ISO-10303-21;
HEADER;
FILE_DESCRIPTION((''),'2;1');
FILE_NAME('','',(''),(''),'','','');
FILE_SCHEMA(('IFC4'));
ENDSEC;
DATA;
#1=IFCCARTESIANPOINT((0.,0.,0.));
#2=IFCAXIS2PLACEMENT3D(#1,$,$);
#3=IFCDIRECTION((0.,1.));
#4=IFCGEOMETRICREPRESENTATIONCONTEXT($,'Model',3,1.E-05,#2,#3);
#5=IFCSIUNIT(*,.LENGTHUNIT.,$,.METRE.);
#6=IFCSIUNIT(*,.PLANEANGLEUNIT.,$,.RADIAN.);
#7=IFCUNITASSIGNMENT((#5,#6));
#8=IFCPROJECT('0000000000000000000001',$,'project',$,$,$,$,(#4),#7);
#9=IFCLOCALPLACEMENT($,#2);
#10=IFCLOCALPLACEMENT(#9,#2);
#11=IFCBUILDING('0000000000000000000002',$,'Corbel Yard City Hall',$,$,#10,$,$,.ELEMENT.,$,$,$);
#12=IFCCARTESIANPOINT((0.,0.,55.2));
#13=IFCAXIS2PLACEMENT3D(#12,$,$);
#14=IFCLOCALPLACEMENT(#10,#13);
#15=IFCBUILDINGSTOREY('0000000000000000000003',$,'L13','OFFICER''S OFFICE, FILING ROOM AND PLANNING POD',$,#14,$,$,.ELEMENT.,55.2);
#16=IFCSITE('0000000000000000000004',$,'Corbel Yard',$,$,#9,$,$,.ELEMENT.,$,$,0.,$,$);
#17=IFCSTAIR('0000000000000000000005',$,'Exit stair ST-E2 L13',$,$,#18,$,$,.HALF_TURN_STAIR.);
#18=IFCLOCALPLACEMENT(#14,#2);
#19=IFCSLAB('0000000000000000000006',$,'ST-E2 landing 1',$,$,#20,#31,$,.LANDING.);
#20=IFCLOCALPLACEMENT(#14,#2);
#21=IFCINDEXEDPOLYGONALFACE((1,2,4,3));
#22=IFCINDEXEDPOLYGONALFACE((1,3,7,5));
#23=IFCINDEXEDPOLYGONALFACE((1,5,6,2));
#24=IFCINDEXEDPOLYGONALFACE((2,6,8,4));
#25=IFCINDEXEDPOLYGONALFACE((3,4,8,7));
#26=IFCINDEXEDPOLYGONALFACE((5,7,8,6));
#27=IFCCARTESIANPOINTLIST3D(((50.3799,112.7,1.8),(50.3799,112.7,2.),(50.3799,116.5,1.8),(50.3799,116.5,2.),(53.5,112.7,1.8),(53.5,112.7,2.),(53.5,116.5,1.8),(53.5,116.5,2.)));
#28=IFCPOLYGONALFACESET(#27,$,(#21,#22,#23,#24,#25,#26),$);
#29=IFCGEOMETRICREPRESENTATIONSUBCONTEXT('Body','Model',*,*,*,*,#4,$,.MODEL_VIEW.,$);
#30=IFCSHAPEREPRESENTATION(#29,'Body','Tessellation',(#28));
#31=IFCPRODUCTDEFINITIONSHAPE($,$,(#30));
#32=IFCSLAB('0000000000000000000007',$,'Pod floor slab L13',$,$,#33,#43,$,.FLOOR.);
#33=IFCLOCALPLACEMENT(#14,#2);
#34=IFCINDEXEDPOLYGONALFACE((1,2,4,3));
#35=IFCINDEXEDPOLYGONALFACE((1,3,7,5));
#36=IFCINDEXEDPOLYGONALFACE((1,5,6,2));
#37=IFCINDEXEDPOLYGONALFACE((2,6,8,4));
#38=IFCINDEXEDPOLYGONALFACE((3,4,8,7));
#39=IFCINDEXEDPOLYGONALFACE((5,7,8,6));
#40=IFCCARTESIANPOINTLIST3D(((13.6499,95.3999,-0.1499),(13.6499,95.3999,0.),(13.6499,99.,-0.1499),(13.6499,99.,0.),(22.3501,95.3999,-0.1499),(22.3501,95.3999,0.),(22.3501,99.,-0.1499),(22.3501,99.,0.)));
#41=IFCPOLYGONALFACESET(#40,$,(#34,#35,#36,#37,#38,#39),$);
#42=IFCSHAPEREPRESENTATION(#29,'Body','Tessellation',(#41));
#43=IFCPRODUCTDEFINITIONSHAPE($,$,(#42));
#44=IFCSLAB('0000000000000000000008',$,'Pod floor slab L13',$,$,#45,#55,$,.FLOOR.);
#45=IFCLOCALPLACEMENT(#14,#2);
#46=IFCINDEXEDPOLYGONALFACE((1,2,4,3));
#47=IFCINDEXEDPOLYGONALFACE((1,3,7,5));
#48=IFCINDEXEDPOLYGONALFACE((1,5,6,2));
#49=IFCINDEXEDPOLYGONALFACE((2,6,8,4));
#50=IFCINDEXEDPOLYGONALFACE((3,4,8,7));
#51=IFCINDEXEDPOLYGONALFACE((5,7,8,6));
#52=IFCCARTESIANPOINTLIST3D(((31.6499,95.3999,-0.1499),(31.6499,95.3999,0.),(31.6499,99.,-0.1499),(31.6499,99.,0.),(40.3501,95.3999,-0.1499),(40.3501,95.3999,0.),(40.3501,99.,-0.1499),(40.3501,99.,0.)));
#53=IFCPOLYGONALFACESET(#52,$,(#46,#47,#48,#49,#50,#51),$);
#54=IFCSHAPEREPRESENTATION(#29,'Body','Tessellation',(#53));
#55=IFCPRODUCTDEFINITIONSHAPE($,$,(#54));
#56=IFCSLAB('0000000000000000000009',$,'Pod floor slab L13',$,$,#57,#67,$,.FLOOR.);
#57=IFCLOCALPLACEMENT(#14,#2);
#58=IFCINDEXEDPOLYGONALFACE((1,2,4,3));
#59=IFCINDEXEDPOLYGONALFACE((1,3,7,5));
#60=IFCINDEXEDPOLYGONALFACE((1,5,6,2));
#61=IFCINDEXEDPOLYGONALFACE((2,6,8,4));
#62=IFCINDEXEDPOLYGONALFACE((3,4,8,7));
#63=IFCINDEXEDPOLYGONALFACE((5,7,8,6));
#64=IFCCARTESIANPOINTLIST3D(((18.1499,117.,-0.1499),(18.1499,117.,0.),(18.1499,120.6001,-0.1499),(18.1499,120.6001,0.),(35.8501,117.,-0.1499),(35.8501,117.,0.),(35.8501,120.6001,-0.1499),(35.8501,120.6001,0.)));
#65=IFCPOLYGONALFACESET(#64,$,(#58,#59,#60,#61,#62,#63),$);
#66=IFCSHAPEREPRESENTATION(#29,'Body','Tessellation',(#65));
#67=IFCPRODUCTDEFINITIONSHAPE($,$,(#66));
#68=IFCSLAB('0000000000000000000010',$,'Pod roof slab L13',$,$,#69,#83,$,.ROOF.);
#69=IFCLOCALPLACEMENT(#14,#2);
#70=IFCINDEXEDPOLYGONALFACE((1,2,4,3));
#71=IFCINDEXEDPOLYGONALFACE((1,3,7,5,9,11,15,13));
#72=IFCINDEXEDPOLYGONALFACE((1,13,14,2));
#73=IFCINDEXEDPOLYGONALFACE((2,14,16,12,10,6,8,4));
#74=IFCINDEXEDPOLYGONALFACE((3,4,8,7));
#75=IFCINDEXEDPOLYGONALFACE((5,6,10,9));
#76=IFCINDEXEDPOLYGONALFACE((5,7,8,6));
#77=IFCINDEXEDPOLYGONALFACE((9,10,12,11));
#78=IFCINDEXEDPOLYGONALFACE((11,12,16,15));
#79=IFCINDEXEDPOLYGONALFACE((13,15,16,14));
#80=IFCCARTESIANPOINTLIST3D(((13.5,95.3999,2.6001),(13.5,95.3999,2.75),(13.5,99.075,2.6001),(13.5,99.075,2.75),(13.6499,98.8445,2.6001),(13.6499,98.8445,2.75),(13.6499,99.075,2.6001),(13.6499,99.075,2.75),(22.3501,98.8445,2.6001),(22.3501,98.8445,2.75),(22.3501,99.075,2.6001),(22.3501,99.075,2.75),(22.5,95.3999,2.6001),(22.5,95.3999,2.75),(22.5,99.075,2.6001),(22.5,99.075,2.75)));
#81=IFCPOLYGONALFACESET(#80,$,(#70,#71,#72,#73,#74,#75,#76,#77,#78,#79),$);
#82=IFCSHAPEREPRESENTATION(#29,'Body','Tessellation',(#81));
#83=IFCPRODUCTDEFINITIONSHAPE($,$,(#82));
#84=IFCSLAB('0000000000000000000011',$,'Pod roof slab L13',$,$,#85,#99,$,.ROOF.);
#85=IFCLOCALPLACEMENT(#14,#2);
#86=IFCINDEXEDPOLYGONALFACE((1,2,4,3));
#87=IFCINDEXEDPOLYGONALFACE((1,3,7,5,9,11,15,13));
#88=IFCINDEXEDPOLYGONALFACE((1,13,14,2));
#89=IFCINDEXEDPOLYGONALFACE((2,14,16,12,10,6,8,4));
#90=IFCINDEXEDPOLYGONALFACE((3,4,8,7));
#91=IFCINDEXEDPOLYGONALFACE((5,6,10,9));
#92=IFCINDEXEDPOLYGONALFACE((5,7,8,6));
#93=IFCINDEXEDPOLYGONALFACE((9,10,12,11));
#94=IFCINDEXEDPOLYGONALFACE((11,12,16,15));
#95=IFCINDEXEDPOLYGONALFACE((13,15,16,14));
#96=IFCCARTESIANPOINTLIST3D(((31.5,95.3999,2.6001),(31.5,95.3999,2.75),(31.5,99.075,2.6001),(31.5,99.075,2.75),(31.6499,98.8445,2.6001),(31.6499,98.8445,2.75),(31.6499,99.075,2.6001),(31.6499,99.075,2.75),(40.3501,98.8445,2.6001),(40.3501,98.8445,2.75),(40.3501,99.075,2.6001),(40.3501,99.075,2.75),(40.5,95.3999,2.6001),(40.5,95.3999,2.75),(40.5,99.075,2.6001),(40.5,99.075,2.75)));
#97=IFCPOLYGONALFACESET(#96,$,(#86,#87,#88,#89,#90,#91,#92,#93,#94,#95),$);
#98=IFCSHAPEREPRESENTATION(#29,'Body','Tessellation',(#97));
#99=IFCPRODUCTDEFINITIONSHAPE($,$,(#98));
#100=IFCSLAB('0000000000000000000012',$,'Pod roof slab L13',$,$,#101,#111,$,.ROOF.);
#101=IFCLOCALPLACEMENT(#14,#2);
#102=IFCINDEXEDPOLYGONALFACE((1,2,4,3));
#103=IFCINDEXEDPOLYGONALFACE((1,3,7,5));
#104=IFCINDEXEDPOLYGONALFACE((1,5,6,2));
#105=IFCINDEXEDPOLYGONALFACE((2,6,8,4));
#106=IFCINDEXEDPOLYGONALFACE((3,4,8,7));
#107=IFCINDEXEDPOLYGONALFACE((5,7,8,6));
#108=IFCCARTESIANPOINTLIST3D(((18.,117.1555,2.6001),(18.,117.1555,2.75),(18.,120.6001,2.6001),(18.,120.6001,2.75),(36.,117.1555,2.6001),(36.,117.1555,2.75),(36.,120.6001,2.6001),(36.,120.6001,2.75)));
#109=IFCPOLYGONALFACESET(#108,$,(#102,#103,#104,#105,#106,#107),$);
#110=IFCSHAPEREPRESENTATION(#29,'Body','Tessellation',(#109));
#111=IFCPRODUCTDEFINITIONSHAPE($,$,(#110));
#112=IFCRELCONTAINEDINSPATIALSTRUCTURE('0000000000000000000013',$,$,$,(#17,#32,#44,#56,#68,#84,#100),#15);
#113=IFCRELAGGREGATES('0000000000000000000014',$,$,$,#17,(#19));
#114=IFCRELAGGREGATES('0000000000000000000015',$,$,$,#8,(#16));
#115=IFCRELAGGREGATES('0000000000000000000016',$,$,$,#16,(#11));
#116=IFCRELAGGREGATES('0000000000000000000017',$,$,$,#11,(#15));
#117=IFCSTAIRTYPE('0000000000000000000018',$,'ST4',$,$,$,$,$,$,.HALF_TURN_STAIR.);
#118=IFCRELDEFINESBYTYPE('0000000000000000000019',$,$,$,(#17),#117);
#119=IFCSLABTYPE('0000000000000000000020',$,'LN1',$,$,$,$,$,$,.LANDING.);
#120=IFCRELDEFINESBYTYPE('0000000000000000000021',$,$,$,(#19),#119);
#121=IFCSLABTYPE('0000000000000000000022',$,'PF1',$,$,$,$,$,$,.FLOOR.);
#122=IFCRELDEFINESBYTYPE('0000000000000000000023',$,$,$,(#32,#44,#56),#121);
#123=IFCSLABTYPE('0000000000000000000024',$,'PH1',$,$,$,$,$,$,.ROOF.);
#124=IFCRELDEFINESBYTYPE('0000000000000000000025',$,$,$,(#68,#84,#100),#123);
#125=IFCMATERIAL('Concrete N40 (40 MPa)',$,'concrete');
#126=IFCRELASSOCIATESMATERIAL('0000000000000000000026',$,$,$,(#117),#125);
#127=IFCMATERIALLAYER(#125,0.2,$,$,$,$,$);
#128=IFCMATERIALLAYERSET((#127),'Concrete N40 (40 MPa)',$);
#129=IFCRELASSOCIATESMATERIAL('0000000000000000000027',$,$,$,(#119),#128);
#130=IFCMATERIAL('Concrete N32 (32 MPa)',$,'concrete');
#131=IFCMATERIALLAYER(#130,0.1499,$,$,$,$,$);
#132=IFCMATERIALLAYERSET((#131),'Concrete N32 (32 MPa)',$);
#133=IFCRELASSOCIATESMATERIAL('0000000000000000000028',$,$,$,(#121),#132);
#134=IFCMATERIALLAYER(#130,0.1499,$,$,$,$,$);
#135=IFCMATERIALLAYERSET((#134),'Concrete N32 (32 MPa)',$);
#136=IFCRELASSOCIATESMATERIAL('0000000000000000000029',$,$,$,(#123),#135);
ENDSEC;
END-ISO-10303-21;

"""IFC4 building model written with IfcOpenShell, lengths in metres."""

from ifc_helpers import new_model, si_unit, direction, frame, origin, place, context, subcontext, project, spatial, polyline, outline, extrude, material, layer, layer_set, type_object, element, aggregate, save


model = new_model("IFC4")

# Units and contexts
model_context = context("Model", 3, precision=1e-05, world=origin(), true_north=direction((0.0, 1.0)))
body_context = subcontext(model_context, "Body", "Model", "MODEL_VIEW")
ifc_project = project(units=[si_unit("LENGTHUNIT", "METRE"), si_unit("PLANEANGLEUNIT", "RADIAN")], contexts=[model_context])

# Site, building, storey
site_placement = place(None, origin())
site = spatial("IfcSite", under=ifc_project, at=site_placement, Name="Corbel Yard", CompositionType="ELEMENT", RefElevation=0.0)
building_placement = place(site_placement, origin())
building = spatial("IfcBuilding", under=site, at=building_placement, Name="Corbel Yard City Hall", CompositionType="ELEMENT")
storey_placement = place(building_placement, frame((0.0, 0.0, 55.2)))
storey = spatial("IfcBuildingStorey", under=building, at=storey_placement, Name="L13", Description="OFFICER'S OFFICE, FILING ROOM AND PLANNING POD", CompositionType="ELEMENT", Elevation=55.2)

# Shared definitions
ifc_material_1 = material(Name="Concrete N40 (40 MPa)", Category="concrete")

# Stair, slab
stair_type = type_object("IfcStairType", Name="ST4", PredefinedType="HALF_TURN_STAIR", material=ifc_material_1)
ifc_layer_1 = layer(ifc_material_1, 0.2)
ifc_layer_set_1 = layer_set([ifc_layer_1], Name="Concrete N40 (40 MPa)")
slab_type_1 = type_object("IfcSlabType", Name="LN1", PredefinedType="LANDING", material=ifc_layer_set_1)
stair_1_placement = place(storey_placement, origin())
stair_1 = element("IfcStair", 1, at=stair_1_placement, inside=storey, type_object=stair_type, Name="Exit stair ST-E2 L13", PredefinedType="HALF_TURN_STAIR")
slab_1_placement = place(storey_placement, frame((0.0, 0.0, 1.8)))
slab_1 = element("IfcSlab", 2, at=slab_1_placement, type_object=slab_type_1, Name="ST-E2 landing 1", PredefinedType="LANDING", context=body_context, shape_type="SweptSolid", body=[
    extrude(outline(polyline([(50.3799, 112.7), (53.5, 112.7), (53.5, 116.5), (50.3799, 116.5), (50.3799, 112.7)])), origin(), (0.0, 0.0, 1.0), 0.2),
])
aggregate(stair_1, [slab_1])

# Slabs
ifc_material_2 = material(Name="Concrete N32 (32 MPa)", Category="concrete")
ifc_layer_2 = layer(ifc_material_2, 0.1499)
ifc_layer_set_2 = layer_set([ifc_layer_2], Name="Concrete N32 (32 MPa)")
slab_type_2 = type_object("IfcSlabType", Name="PF1", PredefinedType="FLOOR", material=ifc_layer_set_2)
slab_2_placement = place(storey_placement, frame((0.0, 0.0, -0.1499)))
element("IfcSlab", 3, at=slab_2_placement, inside=storey, type_object=slab_type_2, Name="Pod floor slab L13", PredefinedType="FLOOR", context=body_context, shape_type="SweptSolid", body=[
    extrude(outline(polyline([(13.6499, 95.3999), (22.3501, 95.3999), (22.3501, 99.0), (13.6499, 99.0), (13.6499, 95.3999)])), origin(), (0.0, 0.0, 1.0), 0.1499),
])
slab_3_placement = place(storey_placement, frame((0.0, 0.0, -0.1499)))
element("IfcSlab", 4, at=slab_3_placement, inside=storey, type_object=slab_type_2, Name="Pod floor slab L13", PredefinedType="FLOOR", context=body_context, shape_type="SweptSolid", body=[
    extrude(outline(polyline([(31.6499, 95.3999), (40.3501, 95.3999), (40.3501, 99.0), (31.6499, 99.0), (31.6499, 95.3999)])), origin(), (0.0, 0.0, 1.0), 0.1499),
])
slab_4_placement = place(storey_placement, frame((0.0, 0.0, -0.1499)))
element("IfcSlab", 5, at=slab_4_placement, inside=storey, type_object=slab_type_2, Name="Pod floor slab L13", PredefinedType="FLOOR", context=body_context, shape_type="SweptSolid", body=[
    extrude(outline(polyline([(18.1499, 117.0), (35.8501, 117.0), (35.8501, 120.6001), (18.1499, 120.6001), (18.1499, 117.0)])), origin(), (0.0, 0.0, 1.0), 0.1499),
])
ifc_layer_3 = layer(ifc_material_2, 0.1499)
ifc_layer_set_3 = layer_set([ifc_layer_3], Name="Concrete N32 (32 MPa)")
slab_type_3 = type_object("IfcSlabType", Name="PH1", PredefinedType="ROOF", material=ifc_layer_set_3)
slab_5_placement = place(storey_placement, frame((0.0, 0.0, 2.6001)))
element("IfcSlab", 6, at=slab_5_placement, inside=storey, type_object=slab_type_3, Name="Pod roof slab L13", PredefinedType="ROOF", context=body_context, shape_type="SweptSolid", body=[
    extrude(outline(polyline([(13.5, 95.3999), (22.5, 95.3999), (22.5, 99.075), (22.3501, 99.075), (22.3501, 98.8445), (13.6499, 98.8445), (13.6499, 99.075), (13.5, 99.075), (13.5, 95.3999)])), origin(), (0.0, 0.0, 1.0), 0.1499),
])
slab_6_placement = place(storey_placement, frame((0.0, 0.0, 2.6001)))
element("IfcSlab", 7, at=slab_6_placement, inside=storey, type_object=slab_type_3, Name="Pod roof slab L13", PredefinedType="ROOF", context=body_context, shape_type="SweptSolid", body=[
    extrude(outline(polyline([(31.5, 95.3999), (40.5, 95.3999), (40.5, 99.075), (40.3501, 99.075), (40.3501, 98.8445), (31.6499, 98.8445), (31.6499, 99.075), (31.5, 99.075), (31.5, 95.3999)])), origin(), (0.0, 0.0, 1.0), 0.1499),
])
slab_7_placement = place(storey_placement, frame((0.0, 0.0, 2.6001)))
element("IfcSlab", 8, at=slab_7_placement, inside=storey, type_object=slab_type_3, Name="Pod roof slab L13", PredefinedType="ROOF", context=body_context, shape_type="SweptSolid", body=[
    extrude(outline(polyline([(18.0, 120.6001), (18.0, 117.1555), (36.0, 117.1555), (36.0, 120.6001), (18.0, 120.6001)])), origin(), (0.0, 0.0, 1.0), 0.1499),
])

save(model, "model.ifc")
